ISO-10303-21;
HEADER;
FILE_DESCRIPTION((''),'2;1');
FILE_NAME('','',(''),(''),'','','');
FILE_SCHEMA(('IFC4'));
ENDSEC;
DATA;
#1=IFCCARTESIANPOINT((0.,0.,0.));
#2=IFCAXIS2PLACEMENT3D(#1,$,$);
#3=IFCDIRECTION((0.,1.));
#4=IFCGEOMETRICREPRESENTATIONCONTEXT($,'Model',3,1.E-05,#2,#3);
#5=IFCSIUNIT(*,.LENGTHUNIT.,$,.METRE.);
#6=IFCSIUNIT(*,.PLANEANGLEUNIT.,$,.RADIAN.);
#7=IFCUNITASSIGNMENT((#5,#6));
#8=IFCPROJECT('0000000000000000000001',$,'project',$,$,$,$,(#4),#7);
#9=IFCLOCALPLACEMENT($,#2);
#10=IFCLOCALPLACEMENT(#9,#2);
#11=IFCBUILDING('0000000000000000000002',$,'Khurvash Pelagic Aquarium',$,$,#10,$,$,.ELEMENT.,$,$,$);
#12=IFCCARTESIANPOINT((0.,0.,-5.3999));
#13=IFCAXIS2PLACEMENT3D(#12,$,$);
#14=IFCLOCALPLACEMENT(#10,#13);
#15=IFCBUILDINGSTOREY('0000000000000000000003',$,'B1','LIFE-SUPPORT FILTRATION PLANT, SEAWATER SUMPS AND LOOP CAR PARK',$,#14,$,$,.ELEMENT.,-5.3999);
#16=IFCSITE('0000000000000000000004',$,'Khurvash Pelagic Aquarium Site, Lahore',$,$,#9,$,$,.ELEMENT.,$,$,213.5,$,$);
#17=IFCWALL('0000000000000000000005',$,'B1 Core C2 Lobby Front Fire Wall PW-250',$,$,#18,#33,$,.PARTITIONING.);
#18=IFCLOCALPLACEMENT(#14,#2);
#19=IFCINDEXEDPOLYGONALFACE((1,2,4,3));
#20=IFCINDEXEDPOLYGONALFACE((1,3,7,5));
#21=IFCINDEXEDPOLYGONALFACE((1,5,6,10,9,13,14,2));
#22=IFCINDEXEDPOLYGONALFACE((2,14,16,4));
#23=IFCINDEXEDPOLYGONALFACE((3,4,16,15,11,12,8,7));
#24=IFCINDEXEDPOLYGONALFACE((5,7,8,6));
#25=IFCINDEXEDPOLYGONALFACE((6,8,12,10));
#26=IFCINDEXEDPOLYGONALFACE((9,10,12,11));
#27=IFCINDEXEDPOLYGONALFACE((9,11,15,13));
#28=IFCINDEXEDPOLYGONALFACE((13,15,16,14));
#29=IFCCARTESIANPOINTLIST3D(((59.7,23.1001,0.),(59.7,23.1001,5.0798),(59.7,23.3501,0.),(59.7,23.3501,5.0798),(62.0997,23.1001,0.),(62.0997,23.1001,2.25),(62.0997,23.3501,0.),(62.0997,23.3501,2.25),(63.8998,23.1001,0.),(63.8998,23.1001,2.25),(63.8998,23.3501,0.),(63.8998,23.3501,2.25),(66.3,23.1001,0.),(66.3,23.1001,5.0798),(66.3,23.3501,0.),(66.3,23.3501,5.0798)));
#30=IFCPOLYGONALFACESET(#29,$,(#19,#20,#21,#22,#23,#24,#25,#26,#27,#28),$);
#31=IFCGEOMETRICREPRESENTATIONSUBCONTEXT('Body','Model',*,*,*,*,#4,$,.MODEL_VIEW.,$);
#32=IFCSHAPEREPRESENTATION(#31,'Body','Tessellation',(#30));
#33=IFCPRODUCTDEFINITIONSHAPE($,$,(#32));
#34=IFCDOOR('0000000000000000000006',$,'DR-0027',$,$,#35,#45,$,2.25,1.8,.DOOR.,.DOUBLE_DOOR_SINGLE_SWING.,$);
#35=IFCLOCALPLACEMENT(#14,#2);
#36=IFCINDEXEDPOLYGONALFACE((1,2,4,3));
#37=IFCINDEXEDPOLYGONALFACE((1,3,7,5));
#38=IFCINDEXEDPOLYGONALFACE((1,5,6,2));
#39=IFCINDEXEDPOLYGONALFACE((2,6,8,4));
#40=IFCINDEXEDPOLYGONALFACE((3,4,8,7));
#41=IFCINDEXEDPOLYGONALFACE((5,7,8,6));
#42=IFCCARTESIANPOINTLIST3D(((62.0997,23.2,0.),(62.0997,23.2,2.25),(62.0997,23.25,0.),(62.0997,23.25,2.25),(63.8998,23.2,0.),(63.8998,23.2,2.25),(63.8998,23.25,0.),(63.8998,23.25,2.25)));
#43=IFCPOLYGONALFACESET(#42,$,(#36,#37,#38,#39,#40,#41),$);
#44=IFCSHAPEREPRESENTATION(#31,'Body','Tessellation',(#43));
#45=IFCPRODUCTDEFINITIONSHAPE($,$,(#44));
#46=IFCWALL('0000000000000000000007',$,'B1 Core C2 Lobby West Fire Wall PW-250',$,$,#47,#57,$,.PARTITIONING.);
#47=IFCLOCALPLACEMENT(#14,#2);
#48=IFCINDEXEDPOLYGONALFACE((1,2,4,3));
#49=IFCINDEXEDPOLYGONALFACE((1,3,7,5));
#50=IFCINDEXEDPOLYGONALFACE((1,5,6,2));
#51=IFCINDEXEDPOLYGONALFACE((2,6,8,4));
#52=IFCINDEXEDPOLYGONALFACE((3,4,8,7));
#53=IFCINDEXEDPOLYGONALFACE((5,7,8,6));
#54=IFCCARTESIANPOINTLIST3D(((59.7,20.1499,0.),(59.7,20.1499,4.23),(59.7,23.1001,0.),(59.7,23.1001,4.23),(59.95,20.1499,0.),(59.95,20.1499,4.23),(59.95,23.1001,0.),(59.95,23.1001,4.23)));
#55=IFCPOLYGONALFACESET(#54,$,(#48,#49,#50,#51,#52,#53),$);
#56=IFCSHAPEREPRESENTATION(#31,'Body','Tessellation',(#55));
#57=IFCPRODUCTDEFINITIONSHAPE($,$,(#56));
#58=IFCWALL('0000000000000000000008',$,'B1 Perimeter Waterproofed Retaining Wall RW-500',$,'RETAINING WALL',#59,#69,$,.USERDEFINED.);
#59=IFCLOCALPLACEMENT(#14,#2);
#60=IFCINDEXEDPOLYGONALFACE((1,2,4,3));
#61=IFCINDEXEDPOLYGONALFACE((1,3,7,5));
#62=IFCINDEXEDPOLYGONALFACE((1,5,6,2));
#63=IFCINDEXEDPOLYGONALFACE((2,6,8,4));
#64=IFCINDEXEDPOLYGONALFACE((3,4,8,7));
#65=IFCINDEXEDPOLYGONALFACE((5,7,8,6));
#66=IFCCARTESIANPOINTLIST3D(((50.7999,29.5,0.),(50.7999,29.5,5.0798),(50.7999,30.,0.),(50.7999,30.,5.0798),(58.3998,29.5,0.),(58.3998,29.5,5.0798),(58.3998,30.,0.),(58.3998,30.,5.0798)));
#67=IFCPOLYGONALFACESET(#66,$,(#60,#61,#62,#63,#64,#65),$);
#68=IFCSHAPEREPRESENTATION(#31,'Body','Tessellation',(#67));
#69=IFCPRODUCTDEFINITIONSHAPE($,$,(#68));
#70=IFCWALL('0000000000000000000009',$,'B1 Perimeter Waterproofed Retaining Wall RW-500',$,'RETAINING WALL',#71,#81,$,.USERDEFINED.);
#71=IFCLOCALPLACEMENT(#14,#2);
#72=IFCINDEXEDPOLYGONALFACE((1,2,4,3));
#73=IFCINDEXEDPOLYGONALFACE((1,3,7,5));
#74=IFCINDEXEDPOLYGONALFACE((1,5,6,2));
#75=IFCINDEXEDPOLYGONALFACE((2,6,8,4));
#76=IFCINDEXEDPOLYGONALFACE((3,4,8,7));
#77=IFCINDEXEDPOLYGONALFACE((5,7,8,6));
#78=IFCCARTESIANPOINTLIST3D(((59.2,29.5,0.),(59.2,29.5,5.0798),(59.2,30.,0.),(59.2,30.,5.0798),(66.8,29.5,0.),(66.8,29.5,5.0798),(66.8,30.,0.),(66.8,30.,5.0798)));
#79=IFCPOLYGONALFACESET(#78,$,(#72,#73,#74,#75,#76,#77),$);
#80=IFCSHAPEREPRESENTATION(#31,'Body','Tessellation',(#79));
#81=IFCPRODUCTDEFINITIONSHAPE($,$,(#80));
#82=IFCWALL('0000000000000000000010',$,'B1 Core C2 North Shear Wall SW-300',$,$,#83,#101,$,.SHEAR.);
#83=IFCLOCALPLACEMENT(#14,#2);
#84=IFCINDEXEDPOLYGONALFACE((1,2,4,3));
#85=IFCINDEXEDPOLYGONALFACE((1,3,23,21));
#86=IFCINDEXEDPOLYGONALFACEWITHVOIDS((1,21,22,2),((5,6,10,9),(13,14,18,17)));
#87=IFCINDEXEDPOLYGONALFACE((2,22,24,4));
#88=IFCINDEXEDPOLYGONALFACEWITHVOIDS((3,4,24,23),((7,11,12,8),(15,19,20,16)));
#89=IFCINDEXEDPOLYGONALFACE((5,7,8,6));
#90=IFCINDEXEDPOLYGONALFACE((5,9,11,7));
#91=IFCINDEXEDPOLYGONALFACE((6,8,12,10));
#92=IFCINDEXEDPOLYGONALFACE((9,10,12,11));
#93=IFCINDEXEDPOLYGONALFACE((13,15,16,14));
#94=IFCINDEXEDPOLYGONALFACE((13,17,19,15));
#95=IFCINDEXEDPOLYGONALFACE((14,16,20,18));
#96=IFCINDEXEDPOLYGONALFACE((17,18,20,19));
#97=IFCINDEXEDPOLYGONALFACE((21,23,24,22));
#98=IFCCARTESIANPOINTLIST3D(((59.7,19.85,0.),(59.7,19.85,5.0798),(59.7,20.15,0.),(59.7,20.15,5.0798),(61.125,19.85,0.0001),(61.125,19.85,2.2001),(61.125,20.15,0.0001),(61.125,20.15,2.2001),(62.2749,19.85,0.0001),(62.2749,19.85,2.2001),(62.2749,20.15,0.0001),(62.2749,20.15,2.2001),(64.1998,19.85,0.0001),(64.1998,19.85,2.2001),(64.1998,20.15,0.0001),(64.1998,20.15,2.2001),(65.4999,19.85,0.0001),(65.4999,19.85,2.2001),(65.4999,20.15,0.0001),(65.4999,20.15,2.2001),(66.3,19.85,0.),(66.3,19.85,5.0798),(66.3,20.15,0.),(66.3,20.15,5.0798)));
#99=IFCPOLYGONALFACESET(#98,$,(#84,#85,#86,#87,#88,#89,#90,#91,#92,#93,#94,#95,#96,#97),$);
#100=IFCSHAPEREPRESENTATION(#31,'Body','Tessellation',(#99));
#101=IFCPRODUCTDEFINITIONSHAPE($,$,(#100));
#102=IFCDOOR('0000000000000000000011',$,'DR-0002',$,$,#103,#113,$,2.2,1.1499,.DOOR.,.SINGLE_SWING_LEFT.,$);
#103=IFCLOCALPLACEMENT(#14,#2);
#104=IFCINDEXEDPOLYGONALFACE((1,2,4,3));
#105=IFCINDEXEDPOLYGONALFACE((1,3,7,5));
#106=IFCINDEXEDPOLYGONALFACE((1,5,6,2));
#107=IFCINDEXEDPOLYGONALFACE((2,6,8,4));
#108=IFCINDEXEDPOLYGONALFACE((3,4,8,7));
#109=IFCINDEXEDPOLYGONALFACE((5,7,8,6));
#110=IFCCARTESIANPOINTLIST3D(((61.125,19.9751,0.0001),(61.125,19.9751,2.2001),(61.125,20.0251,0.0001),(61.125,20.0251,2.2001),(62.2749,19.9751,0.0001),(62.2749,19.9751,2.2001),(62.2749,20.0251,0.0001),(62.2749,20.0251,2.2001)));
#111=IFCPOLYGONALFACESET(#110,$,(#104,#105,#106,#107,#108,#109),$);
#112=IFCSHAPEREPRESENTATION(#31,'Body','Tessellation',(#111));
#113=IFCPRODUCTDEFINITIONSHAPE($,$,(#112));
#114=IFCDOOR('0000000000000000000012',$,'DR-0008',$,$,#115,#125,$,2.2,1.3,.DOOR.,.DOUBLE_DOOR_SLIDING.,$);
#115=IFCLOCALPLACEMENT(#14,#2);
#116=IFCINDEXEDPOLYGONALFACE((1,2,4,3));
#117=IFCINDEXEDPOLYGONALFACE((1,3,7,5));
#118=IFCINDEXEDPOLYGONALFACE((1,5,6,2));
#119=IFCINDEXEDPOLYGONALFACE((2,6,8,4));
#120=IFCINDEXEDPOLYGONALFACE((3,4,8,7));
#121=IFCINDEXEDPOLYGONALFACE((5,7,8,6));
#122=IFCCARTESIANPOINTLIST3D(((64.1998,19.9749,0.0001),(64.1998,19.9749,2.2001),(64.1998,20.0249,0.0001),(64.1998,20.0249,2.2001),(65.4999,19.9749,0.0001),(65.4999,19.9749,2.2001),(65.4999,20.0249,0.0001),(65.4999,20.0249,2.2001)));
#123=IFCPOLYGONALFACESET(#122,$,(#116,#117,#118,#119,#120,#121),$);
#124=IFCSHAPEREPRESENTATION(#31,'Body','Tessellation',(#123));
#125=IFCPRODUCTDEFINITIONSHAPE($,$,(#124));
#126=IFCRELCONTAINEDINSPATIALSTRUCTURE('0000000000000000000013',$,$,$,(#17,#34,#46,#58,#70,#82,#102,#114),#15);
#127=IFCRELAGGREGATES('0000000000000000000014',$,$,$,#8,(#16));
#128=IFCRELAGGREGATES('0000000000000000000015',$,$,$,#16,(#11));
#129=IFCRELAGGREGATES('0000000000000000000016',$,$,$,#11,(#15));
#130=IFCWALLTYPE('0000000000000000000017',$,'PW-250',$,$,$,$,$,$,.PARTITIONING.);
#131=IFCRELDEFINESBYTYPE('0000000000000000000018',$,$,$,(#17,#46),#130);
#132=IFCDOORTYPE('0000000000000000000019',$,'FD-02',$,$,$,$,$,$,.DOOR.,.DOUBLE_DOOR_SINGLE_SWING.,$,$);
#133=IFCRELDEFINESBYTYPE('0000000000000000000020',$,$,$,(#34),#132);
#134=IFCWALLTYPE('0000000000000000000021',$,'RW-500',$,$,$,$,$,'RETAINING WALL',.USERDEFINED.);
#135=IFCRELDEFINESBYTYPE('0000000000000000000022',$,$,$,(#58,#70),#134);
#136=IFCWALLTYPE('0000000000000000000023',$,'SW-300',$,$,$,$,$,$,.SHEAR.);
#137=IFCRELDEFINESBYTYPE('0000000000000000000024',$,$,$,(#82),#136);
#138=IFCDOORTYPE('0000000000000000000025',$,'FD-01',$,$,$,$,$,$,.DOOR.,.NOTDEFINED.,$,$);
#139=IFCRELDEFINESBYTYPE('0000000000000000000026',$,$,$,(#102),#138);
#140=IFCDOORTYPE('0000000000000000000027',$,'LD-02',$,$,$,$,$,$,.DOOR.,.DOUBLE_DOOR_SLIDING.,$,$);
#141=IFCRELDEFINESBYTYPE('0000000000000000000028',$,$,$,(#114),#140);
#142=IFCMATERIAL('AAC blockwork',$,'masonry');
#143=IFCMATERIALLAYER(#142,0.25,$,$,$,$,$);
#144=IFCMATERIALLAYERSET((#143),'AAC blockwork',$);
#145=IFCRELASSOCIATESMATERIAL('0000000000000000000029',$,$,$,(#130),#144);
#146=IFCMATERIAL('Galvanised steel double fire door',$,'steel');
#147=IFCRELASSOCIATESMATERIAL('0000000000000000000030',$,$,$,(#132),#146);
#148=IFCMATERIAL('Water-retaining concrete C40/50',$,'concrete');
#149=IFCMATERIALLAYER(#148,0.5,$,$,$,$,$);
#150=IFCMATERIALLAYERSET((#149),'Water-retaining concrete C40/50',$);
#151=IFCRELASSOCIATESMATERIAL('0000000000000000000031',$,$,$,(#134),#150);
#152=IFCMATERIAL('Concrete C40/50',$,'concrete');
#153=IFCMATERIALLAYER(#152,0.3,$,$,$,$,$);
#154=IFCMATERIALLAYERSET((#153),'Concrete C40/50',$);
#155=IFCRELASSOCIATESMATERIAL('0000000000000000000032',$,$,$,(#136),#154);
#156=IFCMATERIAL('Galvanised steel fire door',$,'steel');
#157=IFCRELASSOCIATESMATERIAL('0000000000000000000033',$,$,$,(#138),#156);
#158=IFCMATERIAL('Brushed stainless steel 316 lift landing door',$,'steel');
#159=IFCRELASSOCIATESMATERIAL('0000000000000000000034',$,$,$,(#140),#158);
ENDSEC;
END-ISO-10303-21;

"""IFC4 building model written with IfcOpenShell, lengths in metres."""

from ifc_helpers import new_model, si_unit, direction, frame, frame_2d, origin, place, context, subcontext, project, spatial, rectangle, extrude, material, layer, layer_set, type_object, element, fill, save


model = new_model("IFC4")

# Units and contexts
model_context = context("Model", 3, precision=1e-05, world=origin(), true_north=direction((0.0, 1.0)))
body_context = subcontext(model_context, "Body", "Model", "MODEL_VIEW")
ifc_project = project(units=[si_unit("LENGTHUNIT", "METRE"), si_unit("PLANEANGLEUNIT", "RADIAN")], contexts=[model_context])

# Site, building, storey
site_placement = place(None, origin())
site = spatial("IfcSite", under=ifc_project, at=site_placement, Name="Khurvash Pelagic Aquarium Site, Lahore", CompositionType="ELEMENT", RefElevation=213.5)
building_placement = place(site_placement, origin())
building = spatial("IfcBuilding", under=site, at=building_placement, Name="Khurvash Pelagic Aquarium", CompositionType="ELEMENT")
storey_placement = place(building_placement, frame((0.0, 0.0, -5.3999)))
storey = spatial("IfcBuildingStorey", under=building, at=storey_placement, Name="B1", Description="LIFE-SUPPORT FILTRATION PLANT, SEAWATER SUMPS AND LOOP CAR PARK", CompositionType="ELEMENT", Elevation=-5.3999)

# Shared definitions
ifc_material_1 = material(Name="Concrete C40/50", Category="concrete")

# Wall, opening, door
ifc_material_2 = material(Name="AAC blockwork", Category="masonry")
ifc_layer_1 = layer(ifc_material_2, 0.25)
ifc_layer_set_1 = layer_set([ifc_layer_1], Name="AAC blockwork")
wall_type_1 = type_object("IfcWallType", Name="PW-250", PredefinedType="PARTITIONING", material=ifc_layer_set_1)
wall_1_placement = place(storey_placement, frame((59.7, 23.2251, 0.0), z_axis=(0.0, 0.0, 1.0), x_axis=(1.0, 0.0, 0.0)))
wall_1 = element("IfcWall", 1, at=wall_1_placement, inside=storey, type_object=wall_type_1, Name="B1 Core C2 Lobby Front Fire Wall PW-250", PredefinedType="PARTITIONING", context=body_context, shape_type="SweptSolid", body=[
    extrude(rectangle(XDim=6.6001, YDim=0.25, at=frame_2d((3.3, 0.0))), origin(), (0.0, 0.0, 1.0), 5.0798),
])
opening_1_placement = place(wall_1_placement, frame((2.3999, 0.0, 0.0)))
opening_1 = element("IfcOpeningElement", 2, at=opening_1_placement, cuts=wall_1, PredefinedType="OPENING", context=body_context, shape_type="SweptSolid", body=[
    extrude(rectangle(XDim=1.8, YDim=2.25, at=frame_2d((0.8999, 1.125))), frame((0.0, 0.135, 0.0), z_axis=(0.0, -1.0, 0.0), x_axis=(1.0, 0.0, 0.0)), (0.0, 0.0, 1.0), 0.27),
])
ifc_material_3 = material(Name="Galvanised steel double fire door", Category="steel")
door_type_1 = type_object("IfcDoorType", Name="FD-02", OperationType="DOUBLE_DOOR_SINGLE_SWING", PredefinedType="DOOR", material=ifc_material_3)
door_1_placement = place(opening_1_placement, origin())
door_1 = element("IfcDoor", 3, at=door_1_placement, inside=storey, type_object=door_type_1, Name="DR-0027", OperationType="DOUBLE_DOOR_SINGLE_SWING", OverallHeight=2.25, OverallWidth=1.8, PredefinedType="DOOR", context=body_context, shape_type="SweptSolid", body=[
    extrude(rectangle(XDim=1.8, YDim=2.25, at=frame_2d((0.8999, 1.125))), frame((0.0, 0.0249, 0.0), z_axis=(0.0, -1.0, 0.0), x_axis=(1.0, 0.0, 0.0)), (0.0, 0.0, 1.0), 0.05),
])
fill(opening_1, door_1)

# Walls
wall_2_placement = place(storey_placement, frame((59.825, 20.1499, 0.0), z_axis=(0.0, 0.0, 1.0), x_axis=(0.0, 1.0, 0.0)))
element("IfcWall", 4, at=wall_2_placement, inside=storey, type_object=wall_type_1, Name="B1 Core C2 Lobby West Fire Wall PW-250", PredefinedType="PARTITIONING", context=body_context, shape_type="SweptSolid", body=[
    extrude(rectangle(XDim=2.9502, YDim=0.25, at=frame_2d((1.4751, 0.0))), origin(), (0.0, 0.0, 1.0), 4.23),
])
ifc_material_4 = material(Name="Water-retaining concrete C40/50", Category="concrete")
ifc_layer_2 = layer(ifc_material_4, 0.5)
ifc_layer_set_2 = layer_set([ifc_layer_2], Name="Water-retaining concrete C40/50")
wall_type_2 = type_object("IfcWallType", Name="RW-500", ElementType="RETAINING WALL", PredefinedType="USERDEFINED", material=ifc_layer_set_2)
wall_3_placement = place(storey_placement, frame((50.8, 29.75, 0.0), z_axis=(0.0, 0.0, 1.0), x_axis=(1.0, 0.0, 0.0)))
element("IfcWall", 5, at=wall_3_placement, inside=storey, type_object=wall_type_2, Name="B1 Perimeter Waterproofed Retaining Wall RW-500", ObjectType="RETAINING WALL", PredefinedType="USERDEFINED", context=body_context, shape_type="SweptSolid", body=[
    extrude(rectangle(XDim=7.5999, YDim=0.5, at=frame_2d((3.7998, 0.0))), origin(), (0.0, 0.0, 1.0), 5.0798),
])
wall_4_placement = place(storey_placement, frame((59.2, 29.75, 0.0), z_axis=(0.0, 0.0, 1.0), x_axis=(1.0, 0.0, 0.0)))
element("IfcWall", 6, at=wall_4_placement, inside=storey, type_object=wall_type_2, Name="B1 Perimeter Waterproofed Retaining Wall RW-500", ObjectType="RETAINING WALL", PredefinedType="USERDEFINED", context=body_context, shape_type="SweptSolid", body=[
    extrude(rectangle(XDim=7.6001, YDim=0.5, at=frame_2d((3.8, 0.0))), origin(), (0.0, 0.0, 1.0), 5.0798),
])

# Wall, openings, doors
ifc_layer_3 = layer(ifc_material_1, 0.3)
ifc_layer_set_3 = layer_set([ifc_layer_3], Name="Concrete C40/50")
wall_type_3 = type_object("IfcWallType", Name="SW-300", PredefinedType="SHEAR", material=ifc_layer_set_3)
wall_5_placement = place(storey_placement, frame((59.7, 20.0, 0.0), z_axis=(0.0, 0.0, 1.0), x_axis=(1.0, 0.0, 0.0)))
wall_5 = element("IfcWall", 7, at=wall_5_placement, inside=storey, type_object=wall_type_3, Name="B1 Core C2 North Shear Wall SW-300", PredefinedType="SHEAR", context=body_context, shape_type="SweptSolid", body=[
    extrude(rectangle(XDim=6.6001, YDim=0.3, at=frame_2d((3.3, 0.0))), origin(), (0.0, 0.0, 1.0), 5.0798),
])
opening_2_placement = place(wall_5_placement, frame((1.425, 0.0, 0.0)))
opening_2 = element("IfcOpeningElement", 8, at=opening_2_placement, cuts=wall_5, PredefinedType="OPENING", context=body_context, shape_type="SweptSolid", body=[
    extrude(rectangle(XDim=1.1499, YDim=2.2, at=frame_2d((0.575, 1.1001))), frame((0.0, 0.1602, 0.0), z_axis=(0.0, -1.0, 0.0), x_axis=(1.0, 0.0, 0.0)), (0.0, 0.0, 1.0), 0.3201),
])
opening_3_placement = place(wall_5_placement, frame((4.5, 0.0, 0.0)))
opening_3 = element("IfcOpeningElement", 9, at=opening_3_placement, cuts=wall_5, PredefinedType="OPENING", context=body_context, shape_type="SweptSolid", body=[
    extrude(rectangle(XDim=1.3, YDim=2.2, at=frame_2d((0.6499, 1.1001))), frame((0.0, 0.1602, 0.0), z_axis=(0.0, -1.0, 0.0), x_axis=(1.0, 0.0, 0.0)), (0.0, 0.0, 1.0), 0.3201),
])
ifc_material_5 = material(Name="Galvanised steel fire door", Category="steel")
door_type_2 = type_object("IfcDoorType", Name="FD-01", OperationType="NOTDEFINED", PredefinedType="DOOR", material=ifc_material_5)
door_2_placement = place(opening_2_placement, frame((1.1499, 0.0, 0.0), z_axis=(0.0, 0.0, 1.0), x_axis=(-1.0, 0.0, 0.0)))
door_2 = element("IfcDoor", 10, at=door_2_placement, inside=storey, type_object=door_type_2, Name="DR-0002", OperationType="SINGLE_SWING_LEFT", OverallHeight=2.2, OverallWidth=1.1499, PredefinedType="DOOR", context=body_context, shape_type="SweptSolid", body=[
    extrude(rectangle(XDim=1.1499, YDim=2.2, at=frame_2d((0.575, 1.1001))), frame((0.0, 0.0249, 0.0), z_axis=(0.0, -1.0, 0.0), x_axis=(1.0, 0.0, 0.0)), (0.0, 0.0, 1.0), 0.05),
])
fill(opening_2, door_2)
ifc_material_6 = material(Name="Brushed stainless steel 316 lift landing door", Category="steel")
door_type_3 = type_object("IfcDoorType", Name="LD-02", OperationType="DOUBLE_DOOR_SLIDING", PredefinedType="DOOR", material=ifc_material_6)
door_3_placement = place(opening_3_placement, origin())
door_3 = element("IfcDoor", 11, at=door_3_placement, inside=storey, type_object=door_type_3, Name="DR-0008", OperationType="DOUBLE_DOOR_SLIDING", OverallHeight=2.2, OverallWidth=1.3, PredefinedType="DOOR", context=body_context, shape_type="SweptSolid", body=[
    extrude(rectangle(XDim=1.3, YDim=2.2, at=frame_2d((0.6499, 1.1001))), frame((0.0, 0.0249, 0.0), z_axis=(0.0, -1.0, 0.0), x_axis=(1.0, 0.0, 0.0)), (0.0, 0.0, 1.0), 0.05),
])
fill(opening_3, door_3)

save(model, "model.ifc")
